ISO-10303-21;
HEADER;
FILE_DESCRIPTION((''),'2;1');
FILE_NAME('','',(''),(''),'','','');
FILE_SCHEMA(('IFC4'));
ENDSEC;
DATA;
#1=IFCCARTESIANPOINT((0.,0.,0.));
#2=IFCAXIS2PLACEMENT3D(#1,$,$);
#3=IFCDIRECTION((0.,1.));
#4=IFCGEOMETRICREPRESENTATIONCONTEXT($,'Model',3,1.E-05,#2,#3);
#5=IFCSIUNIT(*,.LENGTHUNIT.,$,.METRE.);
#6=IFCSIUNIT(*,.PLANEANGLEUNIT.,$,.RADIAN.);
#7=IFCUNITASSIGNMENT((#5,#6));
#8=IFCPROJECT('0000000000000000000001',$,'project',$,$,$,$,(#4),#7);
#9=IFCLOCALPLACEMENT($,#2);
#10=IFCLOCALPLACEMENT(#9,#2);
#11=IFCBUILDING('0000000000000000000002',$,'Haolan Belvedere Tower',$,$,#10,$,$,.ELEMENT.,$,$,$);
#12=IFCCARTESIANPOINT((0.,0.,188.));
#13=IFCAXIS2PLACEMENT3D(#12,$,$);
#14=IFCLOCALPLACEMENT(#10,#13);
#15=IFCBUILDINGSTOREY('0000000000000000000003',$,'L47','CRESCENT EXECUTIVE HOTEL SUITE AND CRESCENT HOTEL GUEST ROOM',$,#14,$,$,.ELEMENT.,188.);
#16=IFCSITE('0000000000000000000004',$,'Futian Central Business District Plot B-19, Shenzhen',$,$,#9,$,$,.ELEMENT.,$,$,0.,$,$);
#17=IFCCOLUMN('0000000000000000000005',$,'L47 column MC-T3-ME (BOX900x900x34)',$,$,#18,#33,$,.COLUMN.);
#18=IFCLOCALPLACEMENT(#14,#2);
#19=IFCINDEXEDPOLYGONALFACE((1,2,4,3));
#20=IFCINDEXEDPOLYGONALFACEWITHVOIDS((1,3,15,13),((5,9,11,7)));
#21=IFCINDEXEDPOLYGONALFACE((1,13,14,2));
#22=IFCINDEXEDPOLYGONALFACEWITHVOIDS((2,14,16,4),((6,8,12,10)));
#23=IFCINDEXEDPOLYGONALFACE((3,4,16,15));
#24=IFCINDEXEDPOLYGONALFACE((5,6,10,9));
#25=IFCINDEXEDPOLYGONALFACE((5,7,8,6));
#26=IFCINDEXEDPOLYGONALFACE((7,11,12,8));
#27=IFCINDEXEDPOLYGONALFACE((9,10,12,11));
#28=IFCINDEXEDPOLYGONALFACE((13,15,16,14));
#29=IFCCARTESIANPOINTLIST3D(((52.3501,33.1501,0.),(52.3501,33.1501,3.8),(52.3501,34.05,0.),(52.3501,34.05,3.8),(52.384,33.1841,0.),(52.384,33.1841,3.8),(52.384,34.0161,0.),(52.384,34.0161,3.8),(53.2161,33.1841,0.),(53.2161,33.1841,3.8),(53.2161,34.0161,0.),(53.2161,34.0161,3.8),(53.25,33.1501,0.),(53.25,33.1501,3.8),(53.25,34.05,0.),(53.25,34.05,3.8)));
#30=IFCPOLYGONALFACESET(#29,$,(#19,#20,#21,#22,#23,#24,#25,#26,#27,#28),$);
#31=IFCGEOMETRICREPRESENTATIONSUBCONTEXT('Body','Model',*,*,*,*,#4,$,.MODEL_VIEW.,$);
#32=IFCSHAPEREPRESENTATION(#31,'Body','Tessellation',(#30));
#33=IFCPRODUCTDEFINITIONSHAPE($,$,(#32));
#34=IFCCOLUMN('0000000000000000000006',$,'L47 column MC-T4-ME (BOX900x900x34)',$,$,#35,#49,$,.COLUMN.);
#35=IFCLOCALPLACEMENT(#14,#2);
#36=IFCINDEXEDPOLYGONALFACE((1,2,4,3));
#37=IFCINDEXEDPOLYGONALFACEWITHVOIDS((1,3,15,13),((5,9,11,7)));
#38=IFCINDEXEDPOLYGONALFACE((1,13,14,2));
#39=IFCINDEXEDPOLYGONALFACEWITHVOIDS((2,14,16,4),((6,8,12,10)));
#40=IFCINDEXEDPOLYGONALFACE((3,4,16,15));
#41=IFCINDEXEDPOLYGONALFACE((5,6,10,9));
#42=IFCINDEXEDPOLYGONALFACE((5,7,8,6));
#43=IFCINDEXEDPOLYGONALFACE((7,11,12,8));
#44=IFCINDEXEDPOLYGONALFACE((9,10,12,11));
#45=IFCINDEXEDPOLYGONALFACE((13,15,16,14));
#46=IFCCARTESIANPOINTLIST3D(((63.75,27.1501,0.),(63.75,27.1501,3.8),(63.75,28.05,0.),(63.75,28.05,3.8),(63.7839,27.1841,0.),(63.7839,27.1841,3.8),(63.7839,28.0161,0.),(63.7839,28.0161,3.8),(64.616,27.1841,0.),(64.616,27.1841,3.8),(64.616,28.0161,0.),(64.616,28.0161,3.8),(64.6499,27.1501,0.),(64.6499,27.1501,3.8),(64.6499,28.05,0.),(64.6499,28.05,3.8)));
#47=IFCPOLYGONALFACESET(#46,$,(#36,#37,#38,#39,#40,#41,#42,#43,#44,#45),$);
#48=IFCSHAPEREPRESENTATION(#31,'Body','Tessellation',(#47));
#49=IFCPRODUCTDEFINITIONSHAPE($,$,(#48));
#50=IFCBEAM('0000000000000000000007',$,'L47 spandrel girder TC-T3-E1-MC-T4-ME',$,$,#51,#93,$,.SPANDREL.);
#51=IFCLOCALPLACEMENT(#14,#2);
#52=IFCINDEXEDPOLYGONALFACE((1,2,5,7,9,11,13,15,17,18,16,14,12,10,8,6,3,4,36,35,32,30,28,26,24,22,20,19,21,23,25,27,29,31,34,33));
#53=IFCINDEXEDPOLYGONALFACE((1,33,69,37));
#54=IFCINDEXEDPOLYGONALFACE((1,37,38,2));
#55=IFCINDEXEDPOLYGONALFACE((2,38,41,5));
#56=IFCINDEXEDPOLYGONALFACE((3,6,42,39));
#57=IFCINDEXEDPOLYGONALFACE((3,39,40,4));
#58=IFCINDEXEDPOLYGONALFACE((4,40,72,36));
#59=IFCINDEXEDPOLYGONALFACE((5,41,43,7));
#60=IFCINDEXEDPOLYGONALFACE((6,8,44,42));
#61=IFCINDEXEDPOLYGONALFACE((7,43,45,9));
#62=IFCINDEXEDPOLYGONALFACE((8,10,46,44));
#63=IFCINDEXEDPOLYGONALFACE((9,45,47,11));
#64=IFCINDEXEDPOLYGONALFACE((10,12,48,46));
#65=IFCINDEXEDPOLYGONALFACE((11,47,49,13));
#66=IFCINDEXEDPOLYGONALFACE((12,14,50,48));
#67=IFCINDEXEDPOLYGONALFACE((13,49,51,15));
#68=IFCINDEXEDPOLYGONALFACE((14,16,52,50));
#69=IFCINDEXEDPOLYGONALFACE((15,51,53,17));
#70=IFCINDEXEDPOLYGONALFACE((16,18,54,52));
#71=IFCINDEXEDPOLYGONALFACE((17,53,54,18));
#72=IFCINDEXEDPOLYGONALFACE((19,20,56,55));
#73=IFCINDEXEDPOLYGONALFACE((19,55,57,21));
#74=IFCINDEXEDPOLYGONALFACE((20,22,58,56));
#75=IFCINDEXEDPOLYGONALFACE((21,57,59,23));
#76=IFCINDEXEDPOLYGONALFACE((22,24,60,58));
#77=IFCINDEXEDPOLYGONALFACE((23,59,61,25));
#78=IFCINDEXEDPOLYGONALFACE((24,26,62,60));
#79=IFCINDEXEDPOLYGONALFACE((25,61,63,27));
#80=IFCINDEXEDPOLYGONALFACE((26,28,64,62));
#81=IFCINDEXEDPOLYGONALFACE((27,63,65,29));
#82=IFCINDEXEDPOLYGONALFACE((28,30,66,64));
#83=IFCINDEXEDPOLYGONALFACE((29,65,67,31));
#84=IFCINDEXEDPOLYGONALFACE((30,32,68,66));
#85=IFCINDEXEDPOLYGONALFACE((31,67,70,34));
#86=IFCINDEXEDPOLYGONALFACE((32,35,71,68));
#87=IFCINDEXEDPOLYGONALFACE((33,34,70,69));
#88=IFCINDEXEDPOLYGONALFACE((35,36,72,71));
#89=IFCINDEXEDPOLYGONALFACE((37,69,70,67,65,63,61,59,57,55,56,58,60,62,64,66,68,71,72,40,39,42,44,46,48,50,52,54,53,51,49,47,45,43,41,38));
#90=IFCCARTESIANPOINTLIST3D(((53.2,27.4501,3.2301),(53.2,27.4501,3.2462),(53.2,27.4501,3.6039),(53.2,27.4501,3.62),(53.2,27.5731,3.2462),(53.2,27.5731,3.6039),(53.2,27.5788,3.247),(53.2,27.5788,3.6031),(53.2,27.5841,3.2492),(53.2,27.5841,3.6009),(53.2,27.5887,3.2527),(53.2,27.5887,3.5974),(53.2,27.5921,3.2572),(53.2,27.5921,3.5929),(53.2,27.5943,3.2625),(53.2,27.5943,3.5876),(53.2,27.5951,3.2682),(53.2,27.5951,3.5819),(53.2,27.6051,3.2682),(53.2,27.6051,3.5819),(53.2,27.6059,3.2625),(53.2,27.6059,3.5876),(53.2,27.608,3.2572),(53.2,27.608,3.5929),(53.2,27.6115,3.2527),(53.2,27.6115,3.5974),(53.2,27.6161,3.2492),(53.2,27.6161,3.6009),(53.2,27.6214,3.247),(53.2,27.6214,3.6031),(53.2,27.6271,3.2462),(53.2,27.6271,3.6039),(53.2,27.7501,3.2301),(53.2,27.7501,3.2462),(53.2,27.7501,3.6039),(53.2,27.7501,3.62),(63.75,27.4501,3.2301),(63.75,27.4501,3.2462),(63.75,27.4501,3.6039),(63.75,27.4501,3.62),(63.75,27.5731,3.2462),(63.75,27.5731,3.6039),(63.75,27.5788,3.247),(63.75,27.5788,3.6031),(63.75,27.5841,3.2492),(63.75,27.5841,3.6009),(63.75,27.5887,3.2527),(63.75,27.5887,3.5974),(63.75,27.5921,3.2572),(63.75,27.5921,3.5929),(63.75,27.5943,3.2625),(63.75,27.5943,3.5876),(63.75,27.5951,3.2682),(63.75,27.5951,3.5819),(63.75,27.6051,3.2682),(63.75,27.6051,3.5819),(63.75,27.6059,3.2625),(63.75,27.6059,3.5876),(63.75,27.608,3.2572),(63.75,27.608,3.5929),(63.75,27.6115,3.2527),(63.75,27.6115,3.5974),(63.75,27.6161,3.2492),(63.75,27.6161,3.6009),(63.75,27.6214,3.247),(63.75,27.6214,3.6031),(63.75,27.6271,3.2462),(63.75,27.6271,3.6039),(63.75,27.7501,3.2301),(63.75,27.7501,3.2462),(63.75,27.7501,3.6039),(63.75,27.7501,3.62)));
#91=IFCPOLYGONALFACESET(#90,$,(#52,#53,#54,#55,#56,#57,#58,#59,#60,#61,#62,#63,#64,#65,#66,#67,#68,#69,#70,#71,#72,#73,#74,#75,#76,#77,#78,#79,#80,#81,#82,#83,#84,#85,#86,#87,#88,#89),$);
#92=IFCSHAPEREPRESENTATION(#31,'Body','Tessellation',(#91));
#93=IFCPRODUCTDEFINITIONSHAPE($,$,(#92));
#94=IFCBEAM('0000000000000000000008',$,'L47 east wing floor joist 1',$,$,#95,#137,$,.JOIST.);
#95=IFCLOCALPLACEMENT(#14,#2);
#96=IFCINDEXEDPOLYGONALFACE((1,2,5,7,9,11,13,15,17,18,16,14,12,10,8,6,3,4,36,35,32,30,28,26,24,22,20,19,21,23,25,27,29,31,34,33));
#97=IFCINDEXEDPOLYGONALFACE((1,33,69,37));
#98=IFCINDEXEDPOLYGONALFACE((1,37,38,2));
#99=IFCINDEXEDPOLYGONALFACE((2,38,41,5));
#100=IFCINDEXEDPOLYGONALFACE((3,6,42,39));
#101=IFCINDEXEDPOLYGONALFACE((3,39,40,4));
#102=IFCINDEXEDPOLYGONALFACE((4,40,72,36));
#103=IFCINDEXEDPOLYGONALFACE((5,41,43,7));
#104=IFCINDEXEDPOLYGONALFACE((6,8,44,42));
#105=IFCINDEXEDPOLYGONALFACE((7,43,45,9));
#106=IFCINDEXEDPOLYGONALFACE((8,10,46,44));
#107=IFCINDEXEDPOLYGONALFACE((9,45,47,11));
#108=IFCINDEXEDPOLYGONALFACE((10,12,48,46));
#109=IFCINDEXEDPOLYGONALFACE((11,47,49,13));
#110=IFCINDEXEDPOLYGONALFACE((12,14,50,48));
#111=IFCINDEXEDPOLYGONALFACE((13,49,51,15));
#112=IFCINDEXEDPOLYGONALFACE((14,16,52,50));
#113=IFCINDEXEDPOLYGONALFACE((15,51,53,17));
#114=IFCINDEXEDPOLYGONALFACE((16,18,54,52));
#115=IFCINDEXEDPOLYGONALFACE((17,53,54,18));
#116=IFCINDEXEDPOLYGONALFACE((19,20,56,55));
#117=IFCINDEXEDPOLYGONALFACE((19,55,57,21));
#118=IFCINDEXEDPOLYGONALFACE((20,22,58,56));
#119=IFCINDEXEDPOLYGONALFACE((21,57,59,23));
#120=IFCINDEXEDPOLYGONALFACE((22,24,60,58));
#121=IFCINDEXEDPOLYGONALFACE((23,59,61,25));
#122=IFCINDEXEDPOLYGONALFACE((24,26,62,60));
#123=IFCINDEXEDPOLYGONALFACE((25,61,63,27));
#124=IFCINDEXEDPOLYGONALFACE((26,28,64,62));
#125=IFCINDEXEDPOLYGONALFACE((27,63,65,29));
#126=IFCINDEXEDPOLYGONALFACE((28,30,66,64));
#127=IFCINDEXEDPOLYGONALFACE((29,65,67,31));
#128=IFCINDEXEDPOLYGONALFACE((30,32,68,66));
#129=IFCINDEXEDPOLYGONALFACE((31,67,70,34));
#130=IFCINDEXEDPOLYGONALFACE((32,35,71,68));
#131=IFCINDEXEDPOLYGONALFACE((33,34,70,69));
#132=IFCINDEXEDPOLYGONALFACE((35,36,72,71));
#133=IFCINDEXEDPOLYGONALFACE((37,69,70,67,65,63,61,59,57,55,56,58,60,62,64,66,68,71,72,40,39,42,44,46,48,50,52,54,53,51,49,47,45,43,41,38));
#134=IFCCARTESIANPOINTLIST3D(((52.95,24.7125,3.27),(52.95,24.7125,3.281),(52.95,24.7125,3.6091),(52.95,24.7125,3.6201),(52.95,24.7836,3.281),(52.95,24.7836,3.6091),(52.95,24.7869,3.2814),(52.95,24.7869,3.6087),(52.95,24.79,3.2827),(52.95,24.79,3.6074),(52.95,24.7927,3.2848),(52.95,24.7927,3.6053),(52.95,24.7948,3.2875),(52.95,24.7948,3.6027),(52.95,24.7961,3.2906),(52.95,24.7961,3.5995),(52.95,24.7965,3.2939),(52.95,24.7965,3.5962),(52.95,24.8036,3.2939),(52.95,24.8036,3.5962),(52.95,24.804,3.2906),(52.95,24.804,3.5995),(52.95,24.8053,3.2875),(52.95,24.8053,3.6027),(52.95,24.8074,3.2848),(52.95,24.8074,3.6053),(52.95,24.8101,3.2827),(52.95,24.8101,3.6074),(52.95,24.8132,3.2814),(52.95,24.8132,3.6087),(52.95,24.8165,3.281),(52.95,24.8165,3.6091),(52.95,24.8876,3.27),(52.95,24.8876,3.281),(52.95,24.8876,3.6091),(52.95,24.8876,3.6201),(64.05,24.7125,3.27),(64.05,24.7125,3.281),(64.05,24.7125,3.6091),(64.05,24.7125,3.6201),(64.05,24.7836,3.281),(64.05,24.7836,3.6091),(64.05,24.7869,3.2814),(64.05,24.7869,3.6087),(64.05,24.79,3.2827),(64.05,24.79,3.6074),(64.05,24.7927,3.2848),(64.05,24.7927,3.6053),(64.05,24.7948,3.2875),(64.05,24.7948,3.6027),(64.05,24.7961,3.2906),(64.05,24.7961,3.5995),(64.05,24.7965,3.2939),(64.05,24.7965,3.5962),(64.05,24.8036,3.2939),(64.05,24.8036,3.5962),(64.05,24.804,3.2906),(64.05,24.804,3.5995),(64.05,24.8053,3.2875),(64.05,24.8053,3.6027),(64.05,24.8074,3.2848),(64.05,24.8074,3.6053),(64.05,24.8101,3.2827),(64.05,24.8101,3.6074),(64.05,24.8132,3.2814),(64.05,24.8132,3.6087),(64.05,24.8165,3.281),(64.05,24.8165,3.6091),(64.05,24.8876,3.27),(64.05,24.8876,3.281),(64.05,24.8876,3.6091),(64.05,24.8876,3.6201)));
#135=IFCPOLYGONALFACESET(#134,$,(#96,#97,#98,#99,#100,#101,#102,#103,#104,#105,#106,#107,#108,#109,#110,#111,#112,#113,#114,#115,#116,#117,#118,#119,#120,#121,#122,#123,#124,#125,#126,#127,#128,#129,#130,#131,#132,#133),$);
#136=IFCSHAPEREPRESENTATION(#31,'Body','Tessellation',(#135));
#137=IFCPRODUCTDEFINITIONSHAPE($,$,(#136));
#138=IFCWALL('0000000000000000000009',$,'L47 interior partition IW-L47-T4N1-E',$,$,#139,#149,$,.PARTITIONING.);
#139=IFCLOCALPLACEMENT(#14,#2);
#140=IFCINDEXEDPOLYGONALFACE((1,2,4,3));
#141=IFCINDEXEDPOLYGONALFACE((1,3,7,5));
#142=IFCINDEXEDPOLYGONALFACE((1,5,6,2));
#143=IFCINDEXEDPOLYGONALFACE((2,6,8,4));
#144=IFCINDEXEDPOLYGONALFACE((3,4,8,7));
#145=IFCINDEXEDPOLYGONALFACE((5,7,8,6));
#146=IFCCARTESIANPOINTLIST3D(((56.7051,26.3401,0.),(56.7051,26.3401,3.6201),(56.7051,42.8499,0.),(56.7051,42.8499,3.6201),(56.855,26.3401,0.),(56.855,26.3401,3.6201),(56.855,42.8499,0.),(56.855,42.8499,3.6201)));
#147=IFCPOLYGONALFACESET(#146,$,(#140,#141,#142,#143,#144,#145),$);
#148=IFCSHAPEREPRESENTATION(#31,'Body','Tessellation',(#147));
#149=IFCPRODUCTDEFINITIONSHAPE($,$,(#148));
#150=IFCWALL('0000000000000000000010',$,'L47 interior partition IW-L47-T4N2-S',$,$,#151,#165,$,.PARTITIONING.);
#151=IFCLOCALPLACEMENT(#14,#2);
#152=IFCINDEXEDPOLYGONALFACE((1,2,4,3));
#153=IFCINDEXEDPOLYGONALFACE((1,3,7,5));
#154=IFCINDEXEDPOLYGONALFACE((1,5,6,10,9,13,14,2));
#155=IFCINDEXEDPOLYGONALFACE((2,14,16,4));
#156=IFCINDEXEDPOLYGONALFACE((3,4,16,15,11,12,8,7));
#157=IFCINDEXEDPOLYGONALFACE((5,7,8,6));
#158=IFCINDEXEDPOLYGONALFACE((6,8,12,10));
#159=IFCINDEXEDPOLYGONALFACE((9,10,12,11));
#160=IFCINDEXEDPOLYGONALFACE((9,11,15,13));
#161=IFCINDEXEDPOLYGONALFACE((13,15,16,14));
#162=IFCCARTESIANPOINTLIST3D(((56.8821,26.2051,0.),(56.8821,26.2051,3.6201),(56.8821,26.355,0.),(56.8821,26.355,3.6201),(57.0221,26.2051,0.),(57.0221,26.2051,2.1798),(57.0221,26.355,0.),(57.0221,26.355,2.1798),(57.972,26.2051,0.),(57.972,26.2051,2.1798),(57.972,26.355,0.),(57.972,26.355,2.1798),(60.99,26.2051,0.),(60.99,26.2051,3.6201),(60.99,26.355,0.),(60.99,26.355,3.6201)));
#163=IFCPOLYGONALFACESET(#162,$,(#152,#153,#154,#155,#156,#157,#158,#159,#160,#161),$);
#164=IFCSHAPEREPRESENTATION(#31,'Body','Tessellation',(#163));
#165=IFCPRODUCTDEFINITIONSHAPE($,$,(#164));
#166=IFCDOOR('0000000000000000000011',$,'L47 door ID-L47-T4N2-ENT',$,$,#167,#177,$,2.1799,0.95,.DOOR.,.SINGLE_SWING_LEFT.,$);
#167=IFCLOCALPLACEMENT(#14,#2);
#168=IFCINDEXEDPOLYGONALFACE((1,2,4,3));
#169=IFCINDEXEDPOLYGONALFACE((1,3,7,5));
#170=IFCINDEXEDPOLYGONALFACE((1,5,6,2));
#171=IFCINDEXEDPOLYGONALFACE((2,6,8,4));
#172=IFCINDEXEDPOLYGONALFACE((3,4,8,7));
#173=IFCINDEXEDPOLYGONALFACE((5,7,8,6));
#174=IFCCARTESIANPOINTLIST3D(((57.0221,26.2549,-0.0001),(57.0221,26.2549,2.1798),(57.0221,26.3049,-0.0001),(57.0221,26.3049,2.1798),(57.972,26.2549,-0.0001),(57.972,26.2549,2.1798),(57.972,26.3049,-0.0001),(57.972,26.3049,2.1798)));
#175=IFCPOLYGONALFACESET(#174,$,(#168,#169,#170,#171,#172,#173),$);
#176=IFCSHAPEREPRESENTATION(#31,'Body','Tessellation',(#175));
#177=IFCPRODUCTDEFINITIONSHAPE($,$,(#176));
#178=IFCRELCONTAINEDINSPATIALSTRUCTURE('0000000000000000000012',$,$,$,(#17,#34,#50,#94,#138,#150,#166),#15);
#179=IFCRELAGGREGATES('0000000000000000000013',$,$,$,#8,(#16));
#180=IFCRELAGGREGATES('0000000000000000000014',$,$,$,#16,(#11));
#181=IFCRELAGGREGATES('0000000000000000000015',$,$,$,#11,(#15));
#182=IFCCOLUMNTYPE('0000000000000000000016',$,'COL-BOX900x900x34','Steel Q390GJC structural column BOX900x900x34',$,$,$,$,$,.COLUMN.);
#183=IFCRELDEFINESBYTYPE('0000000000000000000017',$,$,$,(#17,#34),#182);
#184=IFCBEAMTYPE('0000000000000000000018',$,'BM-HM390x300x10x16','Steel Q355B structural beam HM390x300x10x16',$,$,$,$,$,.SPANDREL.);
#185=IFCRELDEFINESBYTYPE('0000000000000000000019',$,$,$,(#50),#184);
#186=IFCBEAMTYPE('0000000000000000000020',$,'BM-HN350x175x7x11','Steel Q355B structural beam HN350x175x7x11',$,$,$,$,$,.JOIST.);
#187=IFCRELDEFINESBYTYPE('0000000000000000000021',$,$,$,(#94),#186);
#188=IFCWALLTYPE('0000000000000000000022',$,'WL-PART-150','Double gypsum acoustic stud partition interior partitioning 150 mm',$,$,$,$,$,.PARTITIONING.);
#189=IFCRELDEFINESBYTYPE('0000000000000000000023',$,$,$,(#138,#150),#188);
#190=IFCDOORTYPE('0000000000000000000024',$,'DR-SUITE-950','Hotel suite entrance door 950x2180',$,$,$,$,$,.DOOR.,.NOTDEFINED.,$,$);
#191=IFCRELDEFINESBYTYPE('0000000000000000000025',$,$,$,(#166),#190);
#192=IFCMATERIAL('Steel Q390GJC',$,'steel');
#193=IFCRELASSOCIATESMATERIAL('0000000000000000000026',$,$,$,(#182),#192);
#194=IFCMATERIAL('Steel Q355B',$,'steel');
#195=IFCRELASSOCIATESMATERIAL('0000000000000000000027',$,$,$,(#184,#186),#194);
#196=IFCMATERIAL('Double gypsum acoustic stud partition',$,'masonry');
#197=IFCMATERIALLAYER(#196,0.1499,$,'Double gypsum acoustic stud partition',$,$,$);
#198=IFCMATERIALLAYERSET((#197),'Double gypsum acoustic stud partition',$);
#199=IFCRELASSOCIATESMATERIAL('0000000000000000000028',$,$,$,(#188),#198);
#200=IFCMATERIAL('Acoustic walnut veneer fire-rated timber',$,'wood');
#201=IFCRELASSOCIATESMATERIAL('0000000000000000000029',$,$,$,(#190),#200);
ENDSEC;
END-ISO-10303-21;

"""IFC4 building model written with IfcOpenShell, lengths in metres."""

from ifc_helpers import new_model, si_unit, direction, frame, frame_2d, origin, origin_2d, place, context, subcontext, project, spatial, rectangle, hollow_rectangle, i_section, extrude, material, layer, layer_set, material_profile, profile_set, type_object, element, fill, save


model = new_model("IFC4")

# Units and contexts
model_context = context("Model", 3, precision=1e-05, world=origin(), true_north=direction((0.0, 1.0)))
body_context = subcontext(model_context, "Body", "Model", "MODEL_VIEW")
ifc_project = project(units=[si_unit("LENGTHUNIT", "METRE"), si_unit("PLANEANGLEUNIT", "RADIAN")], contexts=[model_context])

# Site, building, storey
site_placement = place(None, origin())
site = spatial("IfcSite", under=ifc_project, at=site_placement, Name="Futian Central Business District Plot B-19, Shenzhen", CompositionType="ELEMENT", RefElevation=0.0)
building_placement = place(site_placement, origin())
building = spatial("IfcBuilding", under=site, at=building_placement, Name="Haolan Belvedere Tower", CompositionType="ELEMENT")
storey_placement = place(building_placement, frame((0.0, 0.0, 188.0)))
storey = spatial("IfcBuildingStorey", under=building, at=storey_placement, Name="L47", Description="CRESCENT EXECUTIVE HOTEL SUITE AND CRESCENT HOTEL GUEST ROOM", CompositionType="ELEMENT", Elevation=188.0)

# Columns
ifc_material_1 = material(Name="Steel Q390GJC", Category="steel")
ifc_material_profile_1 = material_profile(ifc_material_1, hollow_rectangle(XDim=0.8999, YDim=0.8999, WallThickness=0.0339, at=origin_2d()), Name="Steel Q390GJC")
ifc_profile_set_1 = profile_set([ifc_material_profile_1], Name="Steel Q390GJC")
column_type = type_object("IfcColumnType", Name="COL-BOX900x900x34", Description="Steel Q390GJC structural column BOX900x900x34", PredefinedType="COLUMN", material=ifc_profile_set_1)
for number, where, z_axis, x_axis, name in (
    (1, (52.8, 33.6001, 0.0), (0.0, 0.0, 1.0), (1.0, 0.0, 0.0), "L47 column MC-T3-ME (BOX900x900x34)"),
    (2, (64.2, 27.6001, 0.0), (0.0, 0.0, 1.0), (1.0, 0.0, 0.0), "L47 column MC-T4-ME (BOX900x900x34)"),
):
    element("IfcColumn", number, at=place(storey_placement, frame(where, z_axis=z_axis, x_axis=x_axis)), inside=storey, type_object=column_type, Name=name, PredefinedType="COLUMN", context=body_context, shape_type="SweptSolid", body=[
        extrude(hollow_rectangle(XDim=0.8999, YDim=0.8999, WallThickness=0.0339, at=origin_2d()), origin(), (0.0, 0.0, 1.0), 3.8),
    ])

# Beams
ifc_material_2 = material(Name="Steel Q355B", Category="steel")
ifc_material_profile_2 = material_profile(ifc_material_2, i_section(OverallWidth=0.3, OverallDepth=0.3899, WebThickness=0.01, FlangeThickness=0.0161, FilletRadius=0.022, at=origin_2d()), Name="Steel Q355B")
ifc_profile_set_2 = profile_set([ifc_material_profile_2], Name="Steel Q355B")
beam_type_1 = type_object("IfcBeamType", Name="BM-HM390x300x10x16", Description="Steel Q355B structural beam HM390x300x10x16", PredefinedType="SPANDREL", material=ifc_profile_set_2)
beam_1_placement = place(storey_placement, frame((53.2, 27.6001, 3.425), z_axis=(1.0, 0.0, 0.0), x_axis=(0.0, 1.0, 0.0)))
element("IfcBeam", 3, at=beam_1_placement, inside=storey, type_object=beam_type_1, Name="L47 spandrel girder TC-T3-E1-MC-T4-ME", PredefinedType="SPANDREL", context=body_context, shape_type="SweptSolid", body=[
    extrude(i_section(OverallWidth=0.3, OverallDepth=0.3899, WebThickness=0.01, FlangeThickness=0.0161, FilletRadius=0.022, at=origin_2d()), origin(), (0.0, 0.0, 1.0), 10.55),
])
ifc_material_profile_3 = material_profile(ifc_material_2, i_section(OverallWidth=0.175, OverallDepth=0.3501, WebThickness=0.0071, FlangeThickness=0.011, FilletRadius=0.0129, at=origin_2d()), Name="Steel Q355B")
ifc_profile_set_3 = profile_set([ifc_material_profile_3], Name="Steel Q355B")
beam_type_2 = type_object("IfcBeamType", Name="BM-HN350x175x7x11", Description="Steel Q355B structural beam HN350x175x7x11", PredefinedType="JOIST", material=ifc_profile_set_3)
beam_2_placement = place(storey_placement, frame((52.95, 24.8, 3.4451), z_axis=(1.0, 0.0, 0.0), x_axis=(0.0, 1.0, 0.0)))
element("IfcBeam", 4, at=beam_2_placement, inside=storey, type_object=beam_type_2, Name="L47 east wing floor joist 1", PredefinedType="JOIST", context=body_context, shape_type="SweptSolid", body=[
    extrude(i_section(OverallWidth=0.175, OverallDepth=0.3501, WebThickness=0.0071, FlangeThickness=0.011, FilletRadius=0.0129, at=origin_2d()), origin(), (0.0, 0.0, 1.0), 11.1001),
])

# Wall
ifc_material_3 = material(Name="Double gypsum acoustic stud partition", Category="masonry")
ifc_layer_1 = layer(ifc_material_3, 0.1499, Name="Double gypsum acoustic stud partition")
ifc_layer_set_1 = layer_set([ifc_layer_1], Name="Double gypsum acoustic stud partition")
wall_type_1 = type_object("IfcWallType", Name="WL-PART-150", Description="Double gypsum acoustic stud partition interior partitioning 150 mm", PredefinedType="PARTITIONING", material=ifc_layer_set_1)
wall_1_placement = place(storey_placement, frame((56.78, 26.3401, 0.0), z_axis=(0.0, 0.0, 1.0), x_axis=(0.0, 1.0, 0.0)))
element("IfcWall", 5, at=wall_1_placement, inside=storey, type_object=wall_type_1, Name="L47 interior partition IW-L47-T4N1-E", PredefinedType="PARTITIONING", context=body_context, shape_type="SweptSolid", body=[
    extrude(rectangle(XDim=16.5098, YDim=0.1499, at=frame_2d((8.2549, 0.0))), origin(), (0.0, 0.0, 1.0), 3.6201),
])

# Wall, opening, door
wall_2_placement = place(storey_placement, frame((56.8821, 26.28, 0.0), z_axis=(0.0, 0.0, 1.0), x_axis=(1.0, 0.0, 0.0)))
wall_2 = element("IfcWall", 6, at=wall_2_placement, inside=storey, type_object=wall_type_1, Name="L47 interior partition IW-L47-T4N2-S", PredefinedType="PARTITIONING", context=body_context, shape_type="SweptSolid", body=[
    extrude(rectangle(XDim=4.1079, YDim=0.1499, at=frame_2d((2.054, 0.0))), origin(), (0.0, 0.0, 1.0), 3.6201),
])
opening_1_placement = place(wall_2_placement, frame((0.1399, 0.0, 0.0)))
opening_1 = element("IfcOpeningElement", 7, at=opening_1_placement, cuts=wall_2, PredefinedType="OPENING", context=body_context, shape_type="SweptSolid", body=[
    extrude(rectangle(XDim=0.95, YDim=2.1799, at=frame_2d((0.4751, 1.0898))), frame((0.0, 0.085, 0.0), z_axis=(0.0, -1.0, 0.0), x_axis=(1.0, 0.0, 0.0)), (0.0, 0.0, 1.0), 0.1699),
])
ifc_material_4 = material(Name="Acoustic walnut veneer fire-rated timber", Category="wood")
door_type_1 = type_object("IfcDoorType", Name="DR-SUITE-950", Description="Hotel suite entrance door 950x2180", OperationType="NOTDEFINED", PredefinedType="DOOR", material=ifc_material_4)
door_1_placement = place(opening_1_placement, origin())
door_1 = element("IfcDoor", 8, at=door_1_placement, inside=storey, type_object=door_type_1, Name="L47 door ID-L47-T4N2-ENT", OperationType="SINGLE_SWING_LEFT", OverallHeight=2.1799, OverallWidth=0.95, PredefinedType="DOOR", context=body_context, shape_type="SweptSolid", body=[
    extrude(rectangle(XDim=0.95, YDim=2.1799, at=frame_2d((0.4751, 1.0898))), frame((0.0, 0.0249, 0.0), z_axis=(0.0, -1.0, 0.0), x_axis=(1.0, 0.0, 0.0)), (0.0, 0.0, 1.0), 0.05),
])
fill(opening_1, door_1)

save(model, "model.ifc")
